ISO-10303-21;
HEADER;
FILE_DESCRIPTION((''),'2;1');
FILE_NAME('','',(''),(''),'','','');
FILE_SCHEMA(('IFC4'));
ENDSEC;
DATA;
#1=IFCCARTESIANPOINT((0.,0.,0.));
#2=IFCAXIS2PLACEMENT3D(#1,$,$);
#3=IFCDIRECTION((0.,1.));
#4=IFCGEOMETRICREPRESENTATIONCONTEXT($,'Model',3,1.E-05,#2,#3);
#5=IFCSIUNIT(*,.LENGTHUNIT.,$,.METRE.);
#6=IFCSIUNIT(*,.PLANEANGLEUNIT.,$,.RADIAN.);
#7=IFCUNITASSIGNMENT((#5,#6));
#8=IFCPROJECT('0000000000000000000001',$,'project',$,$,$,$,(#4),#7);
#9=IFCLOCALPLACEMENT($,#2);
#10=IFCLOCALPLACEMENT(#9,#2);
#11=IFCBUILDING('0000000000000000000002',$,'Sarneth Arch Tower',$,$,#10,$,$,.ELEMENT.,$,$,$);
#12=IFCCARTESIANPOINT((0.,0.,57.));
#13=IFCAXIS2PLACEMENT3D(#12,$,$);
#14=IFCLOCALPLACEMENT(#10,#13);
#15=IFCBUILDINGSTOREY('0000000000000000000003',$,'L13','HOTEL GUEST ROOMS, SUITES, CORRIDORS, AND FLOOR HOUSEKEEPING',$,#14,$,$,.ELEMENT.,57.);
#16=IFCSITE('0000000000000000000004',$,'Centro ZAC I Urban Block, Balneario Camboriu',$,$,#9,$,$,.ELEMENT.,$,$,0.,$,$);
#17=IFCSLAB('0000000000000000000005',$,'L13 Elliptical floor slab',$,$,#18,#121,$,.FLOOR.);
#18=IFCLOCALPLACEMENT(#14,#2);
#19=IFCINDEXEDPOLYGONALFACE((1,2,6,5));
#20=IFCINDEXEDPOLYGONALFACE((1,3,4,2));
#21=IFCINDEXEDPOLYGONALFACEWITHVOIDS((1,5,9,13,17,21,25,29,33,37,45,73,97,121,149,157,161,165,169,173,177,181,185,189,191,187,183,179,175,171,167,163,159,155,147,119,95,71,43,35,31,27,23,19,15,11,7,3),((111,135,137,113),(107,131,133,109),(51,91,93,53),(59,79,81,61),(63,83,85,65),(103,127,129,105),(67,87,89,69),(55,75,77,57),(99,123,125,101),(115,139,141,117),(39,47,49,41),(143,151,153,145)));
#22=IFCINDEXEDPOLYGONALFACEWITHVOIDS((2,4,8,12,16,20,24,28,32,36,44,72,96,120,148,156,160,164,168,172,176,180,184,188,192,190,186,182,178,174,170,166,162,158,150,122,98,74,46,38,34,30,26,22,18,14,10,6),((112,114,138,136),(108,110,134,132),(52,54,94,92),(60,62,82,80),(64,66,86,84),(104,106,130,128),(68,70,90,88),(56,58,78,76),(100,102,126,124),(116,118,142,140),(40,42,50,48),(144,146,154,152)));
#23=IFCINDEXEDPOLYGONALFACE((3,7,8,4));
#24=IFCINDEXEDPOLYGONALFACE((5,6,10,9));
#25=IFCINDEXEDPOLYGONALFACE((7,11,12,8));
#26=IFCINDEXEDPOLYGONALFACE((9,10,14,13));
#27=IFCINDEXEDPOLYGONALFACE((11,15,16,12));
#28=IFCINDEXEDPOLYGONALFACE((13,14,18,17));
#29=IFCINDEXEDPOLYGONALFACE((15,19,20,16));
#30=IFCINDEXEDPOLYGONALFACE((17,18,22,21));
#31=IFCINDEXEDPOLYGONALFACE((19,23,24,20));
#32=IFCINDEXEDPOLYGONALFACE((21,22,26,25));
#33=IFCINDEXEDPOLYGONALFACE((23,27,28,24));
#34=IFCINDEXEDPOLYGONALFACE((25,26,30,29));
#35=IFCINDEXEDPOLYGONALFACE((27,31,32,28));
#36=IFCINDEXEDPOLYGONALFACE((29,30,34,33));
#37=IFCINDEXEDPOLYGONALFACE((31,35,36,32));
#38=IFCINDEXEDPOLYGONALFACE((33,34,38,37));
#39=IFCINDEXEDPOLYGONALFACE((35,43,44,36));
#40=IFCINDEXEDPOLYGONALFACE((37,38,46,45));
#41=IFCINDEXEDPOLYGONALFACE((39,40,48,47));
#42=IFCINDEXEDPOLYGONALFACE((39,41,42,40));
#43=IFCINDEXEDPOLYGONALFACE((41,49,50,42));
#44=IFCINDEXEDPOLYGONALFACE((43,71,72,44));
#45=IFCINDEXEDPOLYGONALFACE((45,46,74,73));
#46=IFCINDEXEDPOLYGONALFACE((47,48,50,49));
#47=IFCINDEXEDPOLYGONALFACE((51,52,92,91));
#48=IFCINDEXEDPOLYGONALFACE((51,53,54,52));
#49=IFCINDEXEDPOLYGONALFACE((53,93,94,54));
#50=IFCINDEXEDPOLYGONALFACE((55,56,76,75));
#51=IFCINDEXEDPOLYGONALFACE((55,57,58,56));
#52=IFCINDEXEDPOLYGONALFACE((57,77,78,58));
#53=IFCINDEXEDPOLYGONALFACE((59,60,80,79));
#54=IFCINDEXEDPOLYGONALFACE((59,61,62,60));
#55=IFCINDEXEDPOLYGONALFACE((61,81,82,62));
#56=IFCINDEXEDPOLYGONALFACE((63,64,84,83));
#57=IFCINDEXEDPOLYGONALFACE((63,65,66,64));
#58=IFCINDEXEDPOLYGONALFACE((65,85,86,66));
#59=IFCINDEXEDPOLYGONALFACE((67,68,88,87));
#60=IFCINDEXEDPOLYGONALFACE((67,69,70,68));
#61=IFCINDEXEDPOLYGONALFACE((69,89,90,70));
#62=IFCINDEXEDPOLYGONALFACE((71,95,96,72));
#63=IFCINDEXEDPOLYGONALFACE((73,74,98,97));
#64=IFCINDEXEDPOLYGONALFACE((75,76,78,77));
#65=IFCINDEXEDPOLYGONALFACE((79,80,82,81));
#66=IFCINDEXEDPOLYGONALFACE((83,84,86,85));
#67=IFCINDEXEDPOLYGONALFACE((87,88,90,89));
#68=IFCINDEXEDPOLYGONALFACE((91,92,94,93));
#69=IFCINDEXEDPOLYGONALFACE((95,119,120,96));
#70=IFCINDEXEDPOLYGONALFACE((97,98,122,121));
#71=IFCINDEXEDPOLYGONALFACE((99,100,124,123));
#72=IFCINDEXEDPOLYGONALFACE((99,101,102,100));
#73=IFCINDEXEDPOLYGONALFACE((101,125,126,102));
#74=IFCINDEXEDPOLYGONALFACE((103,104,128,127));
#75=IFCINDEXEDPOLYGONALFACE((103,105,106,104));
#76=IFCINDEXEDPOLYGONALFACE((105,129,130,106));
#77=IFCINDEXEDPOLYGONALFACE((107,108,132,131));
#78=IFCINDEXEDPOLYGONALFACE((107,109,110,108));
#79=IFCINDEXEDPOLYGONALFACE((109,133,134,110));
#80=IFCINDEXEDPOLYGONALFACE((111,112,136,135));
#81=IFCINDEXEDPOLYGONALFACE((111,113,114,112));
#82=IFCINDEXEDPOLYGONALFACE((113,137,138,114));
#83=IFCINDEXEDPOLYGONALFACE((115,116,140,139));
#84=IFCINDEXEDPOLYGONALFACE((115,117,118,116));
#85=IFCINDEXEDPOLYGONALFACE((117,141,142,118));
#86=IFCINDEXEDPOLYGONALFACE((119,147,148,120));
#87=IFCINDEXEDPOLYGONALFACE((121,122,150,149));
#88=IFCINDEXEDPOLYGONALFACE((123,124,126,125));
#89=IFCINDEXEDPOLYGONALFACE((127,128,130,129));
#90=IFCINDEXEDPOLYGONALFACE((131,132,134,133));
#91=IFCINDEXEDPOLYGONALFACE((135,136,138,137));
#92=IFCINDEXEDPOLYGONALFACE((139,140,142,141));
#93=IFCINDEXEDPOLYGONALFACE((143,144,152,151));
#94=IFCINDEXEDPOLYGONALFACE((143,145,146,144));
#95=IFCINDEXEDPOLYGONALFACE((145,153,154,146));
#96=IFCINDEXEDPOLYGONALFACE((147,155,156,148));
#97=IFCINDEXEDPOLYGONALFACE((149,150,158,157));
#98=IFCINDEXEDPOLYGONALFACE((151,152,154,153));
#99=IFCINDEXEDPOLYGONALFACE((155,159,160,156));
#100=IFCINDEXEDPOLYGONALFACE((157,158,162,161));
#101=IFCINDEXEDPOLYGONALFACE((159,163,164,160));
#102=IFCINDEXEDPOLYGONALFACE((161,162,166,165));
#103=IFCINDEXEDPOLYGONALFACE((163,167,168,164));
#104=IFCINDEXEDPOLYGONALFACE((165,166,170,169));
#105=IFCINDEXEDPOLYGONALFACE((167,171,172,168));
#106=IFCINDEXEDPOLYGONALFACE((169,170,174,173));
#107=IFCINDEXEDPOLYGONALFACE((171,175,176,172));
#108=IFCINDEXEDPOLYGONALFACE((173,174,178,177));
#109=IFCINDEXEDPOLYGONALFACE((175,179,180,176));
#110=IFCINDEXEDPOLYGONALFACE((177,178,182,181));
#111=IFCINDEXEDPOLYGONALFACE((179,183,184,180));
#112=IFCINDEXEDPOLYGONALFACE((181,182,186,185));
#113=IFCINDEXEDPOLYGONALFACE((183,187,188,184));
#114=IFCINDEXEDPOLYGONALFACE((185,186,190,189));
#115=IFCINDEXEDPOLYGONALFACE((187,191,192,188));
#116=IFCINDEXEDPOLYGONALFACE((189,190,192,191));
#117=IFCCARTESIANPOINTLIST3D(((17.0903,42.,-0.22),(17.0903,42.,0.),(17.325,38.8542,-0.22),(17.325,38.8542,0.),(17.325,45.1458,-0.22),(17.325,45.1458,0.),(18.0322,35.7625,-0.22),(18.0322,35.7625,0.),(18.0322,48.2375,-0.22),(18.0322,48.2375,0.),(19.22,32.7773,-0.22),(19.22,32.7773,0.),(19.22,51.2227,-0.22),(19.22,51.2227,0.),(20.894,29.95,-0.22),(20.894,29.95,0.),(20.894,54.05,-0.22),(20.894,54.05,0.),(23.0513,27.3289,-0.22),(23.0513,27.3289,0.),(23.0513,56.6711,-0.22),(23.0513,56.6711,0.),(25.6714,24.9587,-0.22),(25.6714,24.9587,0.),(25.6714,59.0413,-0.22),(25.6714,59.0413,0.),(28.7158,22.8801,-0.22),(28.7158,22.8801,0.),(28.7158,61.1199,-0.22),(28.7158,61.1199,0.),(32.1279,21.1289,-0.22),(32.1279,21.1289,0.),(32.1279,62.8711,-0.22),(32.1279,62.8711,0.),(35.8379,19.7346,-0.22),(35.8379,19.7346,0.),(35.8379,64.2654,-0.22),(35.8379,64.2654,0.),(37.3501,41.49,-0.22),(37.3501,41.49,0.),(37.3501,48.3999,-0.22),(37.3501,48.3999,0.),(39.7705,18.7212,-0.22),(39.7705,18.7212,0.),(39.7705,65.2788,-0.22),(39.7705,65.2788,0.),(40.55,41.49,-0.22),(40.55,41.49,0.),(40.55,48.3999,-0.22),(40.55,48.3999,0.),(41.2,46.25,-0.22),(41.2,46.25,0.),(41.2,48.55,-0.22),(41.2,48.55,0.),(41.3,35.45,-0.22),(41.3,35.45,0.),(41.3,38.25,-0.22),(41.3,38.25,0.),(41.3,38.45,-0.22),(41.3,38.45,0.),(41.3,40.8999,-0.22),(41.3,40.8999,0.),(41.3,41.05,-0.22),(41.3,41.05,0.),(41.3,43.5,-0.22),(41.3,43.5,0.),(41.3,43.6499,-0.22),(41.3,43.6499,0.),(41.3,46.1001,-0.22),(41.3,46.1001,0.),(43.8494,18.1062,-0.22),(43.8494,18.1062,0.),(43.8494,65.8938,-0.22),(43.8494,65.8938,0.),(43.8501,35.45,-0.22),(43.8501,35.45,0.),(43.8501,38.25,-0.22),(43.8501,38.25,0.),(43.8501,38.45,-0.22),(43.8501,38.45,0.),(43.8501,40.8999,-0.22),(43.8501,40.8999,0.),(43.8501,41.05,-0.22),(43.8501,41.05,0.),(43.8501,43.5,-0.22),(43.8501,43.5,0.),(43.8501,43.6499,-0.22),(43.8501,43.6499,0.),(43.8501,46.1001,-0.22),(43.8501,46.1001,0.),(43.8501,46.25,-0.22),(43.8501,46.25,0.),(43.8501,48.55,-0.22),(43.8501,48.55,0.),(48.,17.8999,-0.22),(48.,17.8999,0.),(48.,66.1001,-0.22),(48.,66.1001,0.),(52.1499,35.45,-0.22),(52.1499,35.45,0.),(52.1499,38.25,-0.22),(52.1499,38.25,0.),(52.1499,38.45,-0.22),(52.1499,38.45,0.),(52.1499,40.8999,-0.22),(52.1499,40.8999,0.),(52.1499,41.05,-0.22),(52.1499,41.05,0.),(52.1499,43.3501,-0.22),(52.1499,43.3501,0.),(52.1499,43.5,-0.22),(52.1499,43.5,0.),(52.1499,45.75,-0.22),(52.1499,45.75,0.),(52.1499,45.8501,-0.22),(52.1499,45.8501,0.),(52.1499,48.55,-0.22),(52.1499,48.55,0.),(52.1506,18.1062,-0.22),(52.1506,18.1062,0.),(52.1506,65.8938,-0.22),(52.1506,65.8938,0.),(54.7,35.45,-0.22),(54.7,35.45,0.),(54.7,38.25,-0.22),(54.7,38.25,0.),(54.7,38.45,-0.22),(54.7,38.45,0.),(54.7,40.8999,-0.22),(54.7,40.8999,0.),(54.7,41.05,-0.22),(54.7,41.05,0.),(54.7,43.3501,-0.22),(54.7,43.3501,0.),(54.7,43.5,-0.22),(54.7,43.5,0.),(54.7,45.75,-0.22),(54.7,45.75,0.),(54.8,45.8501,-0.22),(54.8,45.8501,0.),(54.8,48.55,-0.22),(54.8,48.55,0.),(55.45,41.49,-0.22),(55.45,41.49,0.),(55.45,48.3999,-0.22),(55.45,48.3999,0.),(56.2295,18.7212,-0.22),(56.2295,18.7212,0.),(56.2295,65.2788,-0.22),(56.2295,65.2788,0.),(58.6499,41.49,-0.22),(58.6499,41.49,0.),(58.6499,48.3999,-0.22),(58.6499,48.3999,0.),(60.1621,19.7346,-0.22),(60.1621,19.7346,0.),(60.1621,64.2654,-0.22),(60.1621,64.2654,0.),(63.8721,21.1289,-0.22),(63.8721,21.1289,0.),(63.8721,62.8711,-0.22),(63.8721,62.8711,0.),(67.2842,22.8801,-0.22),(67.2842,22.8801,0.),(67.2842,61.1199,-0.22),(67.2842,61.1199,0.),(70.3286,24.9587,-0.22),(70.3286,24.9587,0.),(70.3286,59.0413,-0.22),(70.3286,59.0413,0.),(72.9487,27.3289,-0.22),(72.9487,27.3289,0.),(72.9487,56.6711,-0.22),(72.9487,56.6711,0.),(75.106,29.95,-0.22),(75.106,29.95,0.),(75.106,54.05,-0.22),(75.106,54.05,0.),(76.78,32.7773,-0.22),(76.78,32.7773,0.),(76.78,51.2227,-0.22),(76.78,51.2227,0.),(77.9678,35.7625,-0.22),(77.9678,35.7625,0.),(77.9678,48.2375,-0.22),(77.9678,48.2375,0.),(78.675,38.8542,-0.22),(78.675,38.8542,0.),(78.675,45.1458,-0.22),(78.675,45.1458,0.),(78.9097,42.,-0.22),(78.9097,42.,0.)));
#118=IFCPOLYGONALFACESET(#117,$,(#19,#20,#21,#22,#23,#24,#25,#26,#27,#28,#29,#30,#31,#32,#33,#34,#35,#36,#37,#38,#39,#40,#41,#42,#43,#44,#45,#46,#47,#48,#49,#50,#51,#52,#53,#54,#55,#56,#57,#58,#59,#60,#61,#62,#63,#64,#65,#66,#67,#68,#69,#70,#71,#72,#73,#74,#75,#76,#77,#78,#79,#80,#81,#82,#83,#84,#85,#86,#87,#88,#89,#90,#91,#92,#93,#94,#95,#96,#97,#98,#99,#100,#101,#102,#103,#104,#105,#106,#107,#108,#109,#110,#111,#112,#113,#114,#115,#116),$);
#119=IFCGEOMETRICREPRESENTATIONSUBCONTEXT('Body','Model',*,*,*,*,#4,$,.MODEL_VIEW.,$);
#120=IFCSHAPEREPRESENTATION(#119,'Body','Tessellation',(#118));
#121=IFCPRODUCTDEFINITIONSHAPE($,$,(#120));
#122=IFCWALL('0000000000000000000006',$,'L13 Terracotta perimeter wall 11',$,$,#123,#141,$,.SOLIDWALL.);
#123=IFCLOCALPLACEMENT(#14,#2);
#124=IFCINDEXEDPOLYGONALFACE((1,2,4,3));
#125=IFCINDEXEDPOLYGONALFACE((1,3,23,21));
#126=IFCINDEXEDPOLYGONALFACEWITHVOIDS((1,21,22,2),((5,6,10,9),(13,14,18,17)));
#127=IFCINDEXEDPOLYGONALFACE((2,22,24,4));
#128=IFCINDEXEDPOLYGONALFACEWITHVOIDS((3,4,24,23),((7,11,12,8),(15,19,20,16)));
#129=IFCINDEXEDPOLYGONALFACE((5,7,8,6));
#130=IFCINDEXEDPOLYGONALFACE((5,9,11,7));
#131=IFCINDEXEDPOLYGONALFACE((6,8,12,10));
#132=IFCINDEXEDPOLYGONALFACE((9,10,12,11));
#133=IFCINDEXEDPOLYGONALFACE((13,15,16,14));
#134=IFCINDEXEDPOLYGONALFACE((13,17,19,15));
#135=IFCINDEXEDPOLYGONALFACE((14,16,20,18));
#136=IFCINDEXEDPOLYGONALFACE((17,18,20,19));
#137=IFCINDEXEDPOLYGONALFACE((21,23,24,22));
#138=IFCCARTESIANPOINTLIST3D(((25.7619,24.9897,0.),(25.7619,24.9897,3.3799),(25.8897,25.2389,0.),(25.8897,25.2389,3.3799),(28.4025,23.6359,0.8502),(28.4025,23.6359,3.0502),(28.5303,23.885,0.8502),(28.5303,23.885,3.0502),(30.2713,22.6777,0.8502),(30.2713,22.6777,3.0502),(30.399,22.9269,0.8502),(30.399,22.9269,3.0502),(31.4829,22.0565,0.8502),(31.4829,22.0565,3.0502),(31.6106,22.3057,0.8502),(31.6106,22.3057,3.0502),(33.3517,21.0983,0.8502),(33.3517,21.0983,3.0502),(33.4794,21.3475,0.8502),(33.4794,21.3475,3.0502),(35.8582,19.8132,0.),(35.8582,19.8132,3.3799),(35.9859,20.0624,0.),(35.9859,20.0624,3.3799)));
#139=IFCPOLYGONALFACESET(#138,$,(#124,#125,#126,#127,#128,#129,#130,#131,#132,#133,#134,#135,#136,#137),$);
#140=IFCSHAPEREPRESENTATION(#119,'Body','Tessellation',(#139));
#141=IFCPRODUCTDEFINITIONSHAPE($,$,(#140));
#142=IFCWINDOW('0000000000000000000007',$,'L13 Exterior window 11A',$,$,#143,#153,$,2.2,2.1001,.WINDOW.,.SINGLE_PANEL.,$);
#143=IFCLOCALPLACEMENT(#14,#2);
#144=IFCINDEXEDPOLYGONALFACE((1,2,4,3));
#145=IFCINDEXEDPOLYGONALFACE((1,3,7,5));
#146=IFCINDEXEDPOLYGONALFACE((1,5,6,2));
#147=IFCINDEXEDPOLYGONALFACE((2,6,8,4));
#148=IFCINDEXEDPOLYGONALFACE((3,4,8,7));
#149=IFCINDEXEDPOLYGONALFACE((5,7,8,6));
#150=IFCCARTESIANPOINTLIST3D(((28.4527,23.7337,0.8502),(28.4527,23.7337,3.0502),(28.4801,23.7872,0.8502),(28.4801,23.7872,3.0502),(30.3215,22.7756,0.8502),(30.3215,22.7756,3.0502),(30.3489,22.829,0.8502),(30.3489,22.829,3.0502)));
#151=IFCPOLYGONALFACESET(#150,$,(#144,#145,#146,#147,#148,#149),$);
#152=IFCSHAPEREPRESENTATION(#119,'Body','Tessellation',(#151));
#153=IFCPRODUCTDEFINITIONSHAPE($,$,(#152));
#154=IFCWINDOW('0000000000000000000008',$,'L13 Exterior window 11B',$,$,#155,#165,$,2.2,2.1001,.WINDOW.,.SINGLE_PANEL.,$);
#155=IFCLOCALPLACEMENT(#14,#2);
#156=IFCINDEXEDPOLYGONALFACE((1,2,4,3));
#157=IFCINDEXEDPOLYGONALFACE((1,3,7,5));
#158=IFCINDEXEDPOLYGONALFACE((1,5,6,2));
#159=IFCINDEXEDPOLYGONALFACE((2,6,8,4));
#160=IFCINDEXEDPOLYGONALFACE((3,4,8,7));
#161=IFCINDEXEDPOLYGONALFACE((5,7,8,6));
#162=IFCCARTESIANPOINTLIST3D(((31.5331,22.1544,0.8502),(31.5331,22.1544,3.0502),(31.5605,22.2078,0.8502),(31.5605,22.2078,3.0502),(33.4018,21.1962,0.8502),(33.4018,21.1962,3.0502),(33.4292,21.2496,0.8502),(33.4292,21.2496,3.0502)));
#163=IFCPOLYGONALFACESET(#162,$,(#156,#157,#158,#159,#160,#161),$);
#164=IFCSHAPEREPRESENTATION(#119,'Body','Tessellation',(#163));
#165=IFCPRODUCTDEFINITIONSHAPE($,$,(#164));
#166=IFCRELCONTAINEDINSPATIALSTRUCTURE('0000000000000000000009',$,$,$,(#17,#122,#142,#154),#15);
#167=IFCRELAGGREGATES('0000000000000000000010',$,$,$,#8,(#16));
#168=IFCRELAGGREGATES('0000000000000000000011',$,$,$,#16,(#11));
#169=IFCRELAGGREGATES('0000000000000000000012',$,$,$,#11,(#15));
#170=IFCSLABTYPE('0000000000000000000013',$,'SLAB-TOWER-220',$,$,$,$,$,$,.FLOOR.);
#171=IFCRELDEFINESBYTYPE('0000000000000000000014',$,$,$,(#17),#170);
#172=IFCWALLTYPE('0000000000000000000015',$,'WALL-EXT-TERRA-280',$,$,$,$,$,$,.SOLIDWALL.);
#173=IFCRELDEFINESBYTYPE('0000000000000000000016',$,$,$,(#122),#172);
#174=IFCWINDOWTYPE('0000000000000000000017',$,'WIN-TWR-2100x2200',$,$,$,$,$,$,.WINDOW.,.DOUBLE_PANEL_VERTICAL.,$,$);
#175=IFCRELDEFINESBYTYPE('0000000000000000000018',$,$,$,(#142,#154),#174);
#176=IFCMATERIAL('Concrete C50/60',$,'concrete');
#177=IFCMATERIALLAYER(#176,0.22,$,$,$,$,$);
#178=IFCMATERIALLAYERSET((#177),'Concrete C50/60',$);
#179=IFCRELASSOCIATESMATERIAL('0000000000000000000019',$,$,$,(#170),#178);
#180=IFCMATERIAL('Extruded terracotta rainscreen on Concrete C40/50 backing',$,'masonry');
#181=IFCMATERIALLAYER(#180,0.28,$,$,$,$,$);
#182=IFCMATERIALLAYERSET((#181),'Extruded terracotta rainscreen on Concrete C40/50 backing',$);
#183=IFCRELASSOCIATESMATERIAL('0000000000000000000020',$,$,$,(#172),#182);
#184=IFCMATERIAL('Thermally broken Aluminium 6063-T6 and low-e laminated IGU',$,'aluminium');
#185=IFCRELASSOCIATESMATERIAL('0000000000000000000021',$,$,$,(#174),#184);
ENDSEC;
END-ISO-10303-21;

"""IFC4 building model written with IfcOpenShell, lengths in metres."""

from ifc_helpers import new_model, si_unit, direction, frame, frame_2d, origin, place, context, subcontext, project, spatial, polyline, rectangle, outline, extrude, material, layer, layer_set, type_object, element, fill, save


model = new_model("IFC4")

# Units and contexts
model_context = context("Model", 3, precision=1e-05, world=origin(), true_north=direction((0.0, 1.0)))
body_context = subcontext(model_context, "Body", "Model", "MODEL_VIEW")
ifc_project = project(units=[si_unit("LENGTHUNIT", "METRE"), si_unit("PLANEANGLEUNIT", "RADIAN")], contexts=[model_context])

# Site, building, storey
site_placement = place(None, origin())
site = spatial("IfcSite", under=ifc_project, at=site_placement, Name="Centro ZAC I Urban Block, Balneario Camboriu", CompositionType="ELEMENT", RefElevation=0.0)
building_placement = place(site_placement, origin())
building = spatial("IfcBuilding", under=site, at=building_placement, Name="Sarneth Arch Tower", CompositionType="ELEMENT")
storey_placement = place(building_placement, frame((0.0, 0.0, 57.0)))
storey = spatial("IfcBuildingStorey", under=building, at=storey_placement, Name="L13", Description="HOTEL GUEST ROOMS, SUITES, CORRIDORS, AND FLOOR HOUSEKEEPING", CompositionType="ELEMENT", Elevation=57.0)

# Slab
ifc_material_1 = material(Name="Concrete C50/60", Category="concrete")
ifc_layer_1 = layer(ifc_material_1, 0.22)
ifc_layer_set_1 = layer_set([ifc_layer_1], Name="Concrete C50/60")
slab_type_1 = type_object("IfcSlabType", Name="SLAB-TOWER-220", PredefinedType="FLOOR", material=ifc_layer_set_1)
slab_1_placement = place(storey_placement, frame((0.0, 0.0, -0.22)))
element("IfcSlab", 1, at=slab_1_placement, inside=storey, type_object=slab_type_1, Name="L13 Elliptical floor slab", PredefinedType="FLOOR", context=body_context, shape_type="SweptSolid", body=[
    extrude(outline(polyline([(78.9097, 42.0), (78.675, 45.1458), (77.9678, 48.2375), (76.78, 51.2227), (75.106, 54.05), (72.9487, 56.6711), (70.3286, 59.0413), (67.2842, 61.1199), (63.8721, 62.8711), (60.1621, 64.2654), (56.2295, 65.2788), (52.1506, 65.8938), (48.0, 66.1001), (43.8494, 65.8938), (39.7705, 65.2788), (35.8379, 64.2654), (32.1279, 62.8711), (28.7158, 61.1199), (25.6714, 59.0413), (23.0513, 56.6711), (20.894, 54.05), (19.22, 51.2227), (18.0322, 48.2375), (17.325, 45.1458), (17.0903, 42.0), (17.325, 38.8542), (18.0322, 35.7625), (19.22, 32.7773), (20.894, 29.95), (23.0513, 27.3289), (25.6714, 24.9587), (28.7158, 22.8801), (32.1279, 21.1289), (35.8379, 19.7346), (39.7705, 18.7212), (43.8494, 18.1062), (48.0, 17.8999), (52.1506, 18.1062), (56.2295, 18.7212), (60.1621, 19.7346), (63.8721, 21.1289), (67.2842, 22.8801), (70.3286, 24.9587), (72.9487, 27.3289), (75.106, 29.95), (76.78, 32.7773), (77.9678, 35.7625), (78.675, 38.8542), (78.9097, 42.0)]), holes=[polyline([(37.3501, 41.49), (40.55, 41.49), (40.55, 48.3999), (37.3501, 48.3999), (37.3501, 41.49)]), polyline([(55.45, 41.49), (58.6499, 41.49), (58.6499, 48.3999), (55.45, 48.3999), (55.45, 41.49)]), polyline([(41.2, 46.25), (43.8501, 46.25), (43.8501, 48.55), (41.2, 48.55), (41.2, 46.25)]), polyline([(41.3, 35.45), (43.8501, 35.45), (43.8501, 38.25), (41.3, 38.25), (41.3, 35.45)]), polyline([(52.1499, 35.45), (54.7, 35.45), (54.7, 38.25), (52.1499, 38.25), (52.1499, 35.45)]), polyline([(52.1499, 45.8501), (54.8, 45.8501), (54.8, 48.55), (52.1499, 48.55), (52.1499, 45.8501)]), polyline([(41.3, 38.45), (43.8501, 38.45), (43.8501, 40.8999), (41.3, 40.8999), (41.3, 38.45)]), polyline([(41.3, 41.05), (43.8501, 41.05), (43.8501, 43.5), (41.3, 43.5), (41.3, 41.05)]), polyline([(41.3, 43.6499), (43.8501, 43.6499), (43.8501, 46.1001), (41.3, 46.1001), (41.3, 43.6499)]), polyline([(52.1499, 38.45), (54.7, 38.45), (54.7, 40.8999), (52.1499, 40.8999), (52.1499, 38.45)]), polyline([(52.1499, 41.05), (54.7, 41.05), (54.7, 43.3501), (52.1499, 43.3501), (52.1499, 41.05)]), polyline([(52.1499, 43.5), (54.7, 43.5), (54.7, 45.75), (52.1499, 45.75), (52.1499, 43.5)])]), origin(), (0.0, 0.0, 1.0), 0.22),
])

# Wall, openings, windows
ifc_material_2 = material(Name="Extruded terracotta rainscreen on Concrete C40/50 backing", Category="masonry")
ifc_layer_2 = layer(ifc_material_2, 0.28)
ifc_layer_set_2 = layer_set([ifc_layer_2], Name="Extruded terracotta rainscreen on Concrete C40/50 backing")
wall_type_1 = type_object("IfcWallType", Name="WALL-EXT-TERRA-280", PredefinedType="SOLIDWALL", material=ifc_layer_set_2)
wall_1_placement = place(storey_placement, frame((25.8259, 25.1143, 0.0), z_axis=(0.0, 0.0, 1.0), x_axis=(0.889854, -0.456245, 0.0)))
wall_1 = element("IfcWall", 2, at=wall_1_placement, inside=storey, type_object=wall_type_1, Name="L13 Terracotta perimeter wall 11", PredefinedType="SOLIDWALL", context=body_context, shape_type="SweptSolid", body=[
    extrude(rectangle(XDim=11.3459, YDim=0.28, at=frame_2d((5.6729, 0.0))), origin(), (0.0, 0.0, 1.0), 3.3799),
])
opening_1_placement = place(wall_1_placement, frame((2.9673, 0.0, 0.8501)))
opening_1 = element("IfcOpeningElement", 3, at=opening_1_placement, cuts=wall_1, PredefinedType="OPENING", context=body_context, shape_type="SweptSolid", body=[
    extrude(rectangle(XDim=2.1001, YDim=2.2, at=frame_2d((1.05, 1.1001))), frame((0.0, 0.1499, 0.0), z_axis=(0.0, -1.0, 0.0), x_axis=(1.0, 0.0, 0.0)), (0.0, 0.0, 1.0), 0.3),
])
opening_2_placement = place(wall_1_placement, frame((6.429, 0.0, 0.8501)))
opening_2 = element("IfcOpeningElement", 4, at=opening_2_placement, cuts=wall_1, PredefinedType="OPENING", context=body_context, shape_type="SweptSolid", body=[
    extrude(rectangle(XDim=2.1001, YDim=2.2, at=frame_2d((1.05, 1.1001))), frame((0.0, 0.1499, 0.0), z_axis=(0.0, -1.0, 0.0), x_axis=(1.0, 0.0, 0.0)), (0.0, 0.0, 1.0), 0.3),
])
ifc_material_3 = material(Name="Thermally broken Aluminium 6063-T6 and low-e laminated IGU", Category="aluminium")
window_type = type_object("IfcWindowType", Name="WIN-TWR-2100x2200", PartitioningType="DOUBLE_PANEL_VERTICAL", PredefinedType="WINDOW", material=ifc_material_3)
window_1_placement = place(opening_1_placement, origin())
window_1 = element("IfcWindow", 5, at=window_1_placement, inside=storey, type_object=window_type, Name="L13 Exterior window 11A", OverallHeight=2.2, OverallWidth=2.1001, PartitioningType="SINGLE_PANEL", PredefinedType="WINDOW", context=body_context, shape_type="SweptSolid", body=[
    extrude(rectangle(XDim=2.1001, YDim=2.2, at=frame_2d((1.05, 1.1001))), frame((0.0, 0.03, 0.0), z_axis=(0.0, -1.0, 0.0), x_axis=(1.0, 0.0, 0.0)), (0.0, 0.0, 1.0), 0.0601),
])
fill(opening_1, window_1)
window_2_placement = place(opening_2_placement, origin())
window_2 = element("IfcWindow", 6, at=window_2_placement, inside=storey, type_object=window_type, Name="L13 Exterior window 11B", OverallHeight=2.2, OverallWidth=2.1001, PartitioningType="SINGLE_PANEL", PredefinedType="WINDOW", context=body_context, shape_type="SweptSolid", body=[
    extrude(rectangle(XDim=2.1001, YDim=2.2, at=frame_2d((1.05, 1.1001))), frame((0.0, 0.03, 0.0), z_axis=(0.0, -1.0, 0.0), x_axis=(1.0, 0.0, 0.0)), (0.0, 0.0, 1.0), 0.0601),
])
fill(opening_2, window_2)

save(model, "model.ifc")
